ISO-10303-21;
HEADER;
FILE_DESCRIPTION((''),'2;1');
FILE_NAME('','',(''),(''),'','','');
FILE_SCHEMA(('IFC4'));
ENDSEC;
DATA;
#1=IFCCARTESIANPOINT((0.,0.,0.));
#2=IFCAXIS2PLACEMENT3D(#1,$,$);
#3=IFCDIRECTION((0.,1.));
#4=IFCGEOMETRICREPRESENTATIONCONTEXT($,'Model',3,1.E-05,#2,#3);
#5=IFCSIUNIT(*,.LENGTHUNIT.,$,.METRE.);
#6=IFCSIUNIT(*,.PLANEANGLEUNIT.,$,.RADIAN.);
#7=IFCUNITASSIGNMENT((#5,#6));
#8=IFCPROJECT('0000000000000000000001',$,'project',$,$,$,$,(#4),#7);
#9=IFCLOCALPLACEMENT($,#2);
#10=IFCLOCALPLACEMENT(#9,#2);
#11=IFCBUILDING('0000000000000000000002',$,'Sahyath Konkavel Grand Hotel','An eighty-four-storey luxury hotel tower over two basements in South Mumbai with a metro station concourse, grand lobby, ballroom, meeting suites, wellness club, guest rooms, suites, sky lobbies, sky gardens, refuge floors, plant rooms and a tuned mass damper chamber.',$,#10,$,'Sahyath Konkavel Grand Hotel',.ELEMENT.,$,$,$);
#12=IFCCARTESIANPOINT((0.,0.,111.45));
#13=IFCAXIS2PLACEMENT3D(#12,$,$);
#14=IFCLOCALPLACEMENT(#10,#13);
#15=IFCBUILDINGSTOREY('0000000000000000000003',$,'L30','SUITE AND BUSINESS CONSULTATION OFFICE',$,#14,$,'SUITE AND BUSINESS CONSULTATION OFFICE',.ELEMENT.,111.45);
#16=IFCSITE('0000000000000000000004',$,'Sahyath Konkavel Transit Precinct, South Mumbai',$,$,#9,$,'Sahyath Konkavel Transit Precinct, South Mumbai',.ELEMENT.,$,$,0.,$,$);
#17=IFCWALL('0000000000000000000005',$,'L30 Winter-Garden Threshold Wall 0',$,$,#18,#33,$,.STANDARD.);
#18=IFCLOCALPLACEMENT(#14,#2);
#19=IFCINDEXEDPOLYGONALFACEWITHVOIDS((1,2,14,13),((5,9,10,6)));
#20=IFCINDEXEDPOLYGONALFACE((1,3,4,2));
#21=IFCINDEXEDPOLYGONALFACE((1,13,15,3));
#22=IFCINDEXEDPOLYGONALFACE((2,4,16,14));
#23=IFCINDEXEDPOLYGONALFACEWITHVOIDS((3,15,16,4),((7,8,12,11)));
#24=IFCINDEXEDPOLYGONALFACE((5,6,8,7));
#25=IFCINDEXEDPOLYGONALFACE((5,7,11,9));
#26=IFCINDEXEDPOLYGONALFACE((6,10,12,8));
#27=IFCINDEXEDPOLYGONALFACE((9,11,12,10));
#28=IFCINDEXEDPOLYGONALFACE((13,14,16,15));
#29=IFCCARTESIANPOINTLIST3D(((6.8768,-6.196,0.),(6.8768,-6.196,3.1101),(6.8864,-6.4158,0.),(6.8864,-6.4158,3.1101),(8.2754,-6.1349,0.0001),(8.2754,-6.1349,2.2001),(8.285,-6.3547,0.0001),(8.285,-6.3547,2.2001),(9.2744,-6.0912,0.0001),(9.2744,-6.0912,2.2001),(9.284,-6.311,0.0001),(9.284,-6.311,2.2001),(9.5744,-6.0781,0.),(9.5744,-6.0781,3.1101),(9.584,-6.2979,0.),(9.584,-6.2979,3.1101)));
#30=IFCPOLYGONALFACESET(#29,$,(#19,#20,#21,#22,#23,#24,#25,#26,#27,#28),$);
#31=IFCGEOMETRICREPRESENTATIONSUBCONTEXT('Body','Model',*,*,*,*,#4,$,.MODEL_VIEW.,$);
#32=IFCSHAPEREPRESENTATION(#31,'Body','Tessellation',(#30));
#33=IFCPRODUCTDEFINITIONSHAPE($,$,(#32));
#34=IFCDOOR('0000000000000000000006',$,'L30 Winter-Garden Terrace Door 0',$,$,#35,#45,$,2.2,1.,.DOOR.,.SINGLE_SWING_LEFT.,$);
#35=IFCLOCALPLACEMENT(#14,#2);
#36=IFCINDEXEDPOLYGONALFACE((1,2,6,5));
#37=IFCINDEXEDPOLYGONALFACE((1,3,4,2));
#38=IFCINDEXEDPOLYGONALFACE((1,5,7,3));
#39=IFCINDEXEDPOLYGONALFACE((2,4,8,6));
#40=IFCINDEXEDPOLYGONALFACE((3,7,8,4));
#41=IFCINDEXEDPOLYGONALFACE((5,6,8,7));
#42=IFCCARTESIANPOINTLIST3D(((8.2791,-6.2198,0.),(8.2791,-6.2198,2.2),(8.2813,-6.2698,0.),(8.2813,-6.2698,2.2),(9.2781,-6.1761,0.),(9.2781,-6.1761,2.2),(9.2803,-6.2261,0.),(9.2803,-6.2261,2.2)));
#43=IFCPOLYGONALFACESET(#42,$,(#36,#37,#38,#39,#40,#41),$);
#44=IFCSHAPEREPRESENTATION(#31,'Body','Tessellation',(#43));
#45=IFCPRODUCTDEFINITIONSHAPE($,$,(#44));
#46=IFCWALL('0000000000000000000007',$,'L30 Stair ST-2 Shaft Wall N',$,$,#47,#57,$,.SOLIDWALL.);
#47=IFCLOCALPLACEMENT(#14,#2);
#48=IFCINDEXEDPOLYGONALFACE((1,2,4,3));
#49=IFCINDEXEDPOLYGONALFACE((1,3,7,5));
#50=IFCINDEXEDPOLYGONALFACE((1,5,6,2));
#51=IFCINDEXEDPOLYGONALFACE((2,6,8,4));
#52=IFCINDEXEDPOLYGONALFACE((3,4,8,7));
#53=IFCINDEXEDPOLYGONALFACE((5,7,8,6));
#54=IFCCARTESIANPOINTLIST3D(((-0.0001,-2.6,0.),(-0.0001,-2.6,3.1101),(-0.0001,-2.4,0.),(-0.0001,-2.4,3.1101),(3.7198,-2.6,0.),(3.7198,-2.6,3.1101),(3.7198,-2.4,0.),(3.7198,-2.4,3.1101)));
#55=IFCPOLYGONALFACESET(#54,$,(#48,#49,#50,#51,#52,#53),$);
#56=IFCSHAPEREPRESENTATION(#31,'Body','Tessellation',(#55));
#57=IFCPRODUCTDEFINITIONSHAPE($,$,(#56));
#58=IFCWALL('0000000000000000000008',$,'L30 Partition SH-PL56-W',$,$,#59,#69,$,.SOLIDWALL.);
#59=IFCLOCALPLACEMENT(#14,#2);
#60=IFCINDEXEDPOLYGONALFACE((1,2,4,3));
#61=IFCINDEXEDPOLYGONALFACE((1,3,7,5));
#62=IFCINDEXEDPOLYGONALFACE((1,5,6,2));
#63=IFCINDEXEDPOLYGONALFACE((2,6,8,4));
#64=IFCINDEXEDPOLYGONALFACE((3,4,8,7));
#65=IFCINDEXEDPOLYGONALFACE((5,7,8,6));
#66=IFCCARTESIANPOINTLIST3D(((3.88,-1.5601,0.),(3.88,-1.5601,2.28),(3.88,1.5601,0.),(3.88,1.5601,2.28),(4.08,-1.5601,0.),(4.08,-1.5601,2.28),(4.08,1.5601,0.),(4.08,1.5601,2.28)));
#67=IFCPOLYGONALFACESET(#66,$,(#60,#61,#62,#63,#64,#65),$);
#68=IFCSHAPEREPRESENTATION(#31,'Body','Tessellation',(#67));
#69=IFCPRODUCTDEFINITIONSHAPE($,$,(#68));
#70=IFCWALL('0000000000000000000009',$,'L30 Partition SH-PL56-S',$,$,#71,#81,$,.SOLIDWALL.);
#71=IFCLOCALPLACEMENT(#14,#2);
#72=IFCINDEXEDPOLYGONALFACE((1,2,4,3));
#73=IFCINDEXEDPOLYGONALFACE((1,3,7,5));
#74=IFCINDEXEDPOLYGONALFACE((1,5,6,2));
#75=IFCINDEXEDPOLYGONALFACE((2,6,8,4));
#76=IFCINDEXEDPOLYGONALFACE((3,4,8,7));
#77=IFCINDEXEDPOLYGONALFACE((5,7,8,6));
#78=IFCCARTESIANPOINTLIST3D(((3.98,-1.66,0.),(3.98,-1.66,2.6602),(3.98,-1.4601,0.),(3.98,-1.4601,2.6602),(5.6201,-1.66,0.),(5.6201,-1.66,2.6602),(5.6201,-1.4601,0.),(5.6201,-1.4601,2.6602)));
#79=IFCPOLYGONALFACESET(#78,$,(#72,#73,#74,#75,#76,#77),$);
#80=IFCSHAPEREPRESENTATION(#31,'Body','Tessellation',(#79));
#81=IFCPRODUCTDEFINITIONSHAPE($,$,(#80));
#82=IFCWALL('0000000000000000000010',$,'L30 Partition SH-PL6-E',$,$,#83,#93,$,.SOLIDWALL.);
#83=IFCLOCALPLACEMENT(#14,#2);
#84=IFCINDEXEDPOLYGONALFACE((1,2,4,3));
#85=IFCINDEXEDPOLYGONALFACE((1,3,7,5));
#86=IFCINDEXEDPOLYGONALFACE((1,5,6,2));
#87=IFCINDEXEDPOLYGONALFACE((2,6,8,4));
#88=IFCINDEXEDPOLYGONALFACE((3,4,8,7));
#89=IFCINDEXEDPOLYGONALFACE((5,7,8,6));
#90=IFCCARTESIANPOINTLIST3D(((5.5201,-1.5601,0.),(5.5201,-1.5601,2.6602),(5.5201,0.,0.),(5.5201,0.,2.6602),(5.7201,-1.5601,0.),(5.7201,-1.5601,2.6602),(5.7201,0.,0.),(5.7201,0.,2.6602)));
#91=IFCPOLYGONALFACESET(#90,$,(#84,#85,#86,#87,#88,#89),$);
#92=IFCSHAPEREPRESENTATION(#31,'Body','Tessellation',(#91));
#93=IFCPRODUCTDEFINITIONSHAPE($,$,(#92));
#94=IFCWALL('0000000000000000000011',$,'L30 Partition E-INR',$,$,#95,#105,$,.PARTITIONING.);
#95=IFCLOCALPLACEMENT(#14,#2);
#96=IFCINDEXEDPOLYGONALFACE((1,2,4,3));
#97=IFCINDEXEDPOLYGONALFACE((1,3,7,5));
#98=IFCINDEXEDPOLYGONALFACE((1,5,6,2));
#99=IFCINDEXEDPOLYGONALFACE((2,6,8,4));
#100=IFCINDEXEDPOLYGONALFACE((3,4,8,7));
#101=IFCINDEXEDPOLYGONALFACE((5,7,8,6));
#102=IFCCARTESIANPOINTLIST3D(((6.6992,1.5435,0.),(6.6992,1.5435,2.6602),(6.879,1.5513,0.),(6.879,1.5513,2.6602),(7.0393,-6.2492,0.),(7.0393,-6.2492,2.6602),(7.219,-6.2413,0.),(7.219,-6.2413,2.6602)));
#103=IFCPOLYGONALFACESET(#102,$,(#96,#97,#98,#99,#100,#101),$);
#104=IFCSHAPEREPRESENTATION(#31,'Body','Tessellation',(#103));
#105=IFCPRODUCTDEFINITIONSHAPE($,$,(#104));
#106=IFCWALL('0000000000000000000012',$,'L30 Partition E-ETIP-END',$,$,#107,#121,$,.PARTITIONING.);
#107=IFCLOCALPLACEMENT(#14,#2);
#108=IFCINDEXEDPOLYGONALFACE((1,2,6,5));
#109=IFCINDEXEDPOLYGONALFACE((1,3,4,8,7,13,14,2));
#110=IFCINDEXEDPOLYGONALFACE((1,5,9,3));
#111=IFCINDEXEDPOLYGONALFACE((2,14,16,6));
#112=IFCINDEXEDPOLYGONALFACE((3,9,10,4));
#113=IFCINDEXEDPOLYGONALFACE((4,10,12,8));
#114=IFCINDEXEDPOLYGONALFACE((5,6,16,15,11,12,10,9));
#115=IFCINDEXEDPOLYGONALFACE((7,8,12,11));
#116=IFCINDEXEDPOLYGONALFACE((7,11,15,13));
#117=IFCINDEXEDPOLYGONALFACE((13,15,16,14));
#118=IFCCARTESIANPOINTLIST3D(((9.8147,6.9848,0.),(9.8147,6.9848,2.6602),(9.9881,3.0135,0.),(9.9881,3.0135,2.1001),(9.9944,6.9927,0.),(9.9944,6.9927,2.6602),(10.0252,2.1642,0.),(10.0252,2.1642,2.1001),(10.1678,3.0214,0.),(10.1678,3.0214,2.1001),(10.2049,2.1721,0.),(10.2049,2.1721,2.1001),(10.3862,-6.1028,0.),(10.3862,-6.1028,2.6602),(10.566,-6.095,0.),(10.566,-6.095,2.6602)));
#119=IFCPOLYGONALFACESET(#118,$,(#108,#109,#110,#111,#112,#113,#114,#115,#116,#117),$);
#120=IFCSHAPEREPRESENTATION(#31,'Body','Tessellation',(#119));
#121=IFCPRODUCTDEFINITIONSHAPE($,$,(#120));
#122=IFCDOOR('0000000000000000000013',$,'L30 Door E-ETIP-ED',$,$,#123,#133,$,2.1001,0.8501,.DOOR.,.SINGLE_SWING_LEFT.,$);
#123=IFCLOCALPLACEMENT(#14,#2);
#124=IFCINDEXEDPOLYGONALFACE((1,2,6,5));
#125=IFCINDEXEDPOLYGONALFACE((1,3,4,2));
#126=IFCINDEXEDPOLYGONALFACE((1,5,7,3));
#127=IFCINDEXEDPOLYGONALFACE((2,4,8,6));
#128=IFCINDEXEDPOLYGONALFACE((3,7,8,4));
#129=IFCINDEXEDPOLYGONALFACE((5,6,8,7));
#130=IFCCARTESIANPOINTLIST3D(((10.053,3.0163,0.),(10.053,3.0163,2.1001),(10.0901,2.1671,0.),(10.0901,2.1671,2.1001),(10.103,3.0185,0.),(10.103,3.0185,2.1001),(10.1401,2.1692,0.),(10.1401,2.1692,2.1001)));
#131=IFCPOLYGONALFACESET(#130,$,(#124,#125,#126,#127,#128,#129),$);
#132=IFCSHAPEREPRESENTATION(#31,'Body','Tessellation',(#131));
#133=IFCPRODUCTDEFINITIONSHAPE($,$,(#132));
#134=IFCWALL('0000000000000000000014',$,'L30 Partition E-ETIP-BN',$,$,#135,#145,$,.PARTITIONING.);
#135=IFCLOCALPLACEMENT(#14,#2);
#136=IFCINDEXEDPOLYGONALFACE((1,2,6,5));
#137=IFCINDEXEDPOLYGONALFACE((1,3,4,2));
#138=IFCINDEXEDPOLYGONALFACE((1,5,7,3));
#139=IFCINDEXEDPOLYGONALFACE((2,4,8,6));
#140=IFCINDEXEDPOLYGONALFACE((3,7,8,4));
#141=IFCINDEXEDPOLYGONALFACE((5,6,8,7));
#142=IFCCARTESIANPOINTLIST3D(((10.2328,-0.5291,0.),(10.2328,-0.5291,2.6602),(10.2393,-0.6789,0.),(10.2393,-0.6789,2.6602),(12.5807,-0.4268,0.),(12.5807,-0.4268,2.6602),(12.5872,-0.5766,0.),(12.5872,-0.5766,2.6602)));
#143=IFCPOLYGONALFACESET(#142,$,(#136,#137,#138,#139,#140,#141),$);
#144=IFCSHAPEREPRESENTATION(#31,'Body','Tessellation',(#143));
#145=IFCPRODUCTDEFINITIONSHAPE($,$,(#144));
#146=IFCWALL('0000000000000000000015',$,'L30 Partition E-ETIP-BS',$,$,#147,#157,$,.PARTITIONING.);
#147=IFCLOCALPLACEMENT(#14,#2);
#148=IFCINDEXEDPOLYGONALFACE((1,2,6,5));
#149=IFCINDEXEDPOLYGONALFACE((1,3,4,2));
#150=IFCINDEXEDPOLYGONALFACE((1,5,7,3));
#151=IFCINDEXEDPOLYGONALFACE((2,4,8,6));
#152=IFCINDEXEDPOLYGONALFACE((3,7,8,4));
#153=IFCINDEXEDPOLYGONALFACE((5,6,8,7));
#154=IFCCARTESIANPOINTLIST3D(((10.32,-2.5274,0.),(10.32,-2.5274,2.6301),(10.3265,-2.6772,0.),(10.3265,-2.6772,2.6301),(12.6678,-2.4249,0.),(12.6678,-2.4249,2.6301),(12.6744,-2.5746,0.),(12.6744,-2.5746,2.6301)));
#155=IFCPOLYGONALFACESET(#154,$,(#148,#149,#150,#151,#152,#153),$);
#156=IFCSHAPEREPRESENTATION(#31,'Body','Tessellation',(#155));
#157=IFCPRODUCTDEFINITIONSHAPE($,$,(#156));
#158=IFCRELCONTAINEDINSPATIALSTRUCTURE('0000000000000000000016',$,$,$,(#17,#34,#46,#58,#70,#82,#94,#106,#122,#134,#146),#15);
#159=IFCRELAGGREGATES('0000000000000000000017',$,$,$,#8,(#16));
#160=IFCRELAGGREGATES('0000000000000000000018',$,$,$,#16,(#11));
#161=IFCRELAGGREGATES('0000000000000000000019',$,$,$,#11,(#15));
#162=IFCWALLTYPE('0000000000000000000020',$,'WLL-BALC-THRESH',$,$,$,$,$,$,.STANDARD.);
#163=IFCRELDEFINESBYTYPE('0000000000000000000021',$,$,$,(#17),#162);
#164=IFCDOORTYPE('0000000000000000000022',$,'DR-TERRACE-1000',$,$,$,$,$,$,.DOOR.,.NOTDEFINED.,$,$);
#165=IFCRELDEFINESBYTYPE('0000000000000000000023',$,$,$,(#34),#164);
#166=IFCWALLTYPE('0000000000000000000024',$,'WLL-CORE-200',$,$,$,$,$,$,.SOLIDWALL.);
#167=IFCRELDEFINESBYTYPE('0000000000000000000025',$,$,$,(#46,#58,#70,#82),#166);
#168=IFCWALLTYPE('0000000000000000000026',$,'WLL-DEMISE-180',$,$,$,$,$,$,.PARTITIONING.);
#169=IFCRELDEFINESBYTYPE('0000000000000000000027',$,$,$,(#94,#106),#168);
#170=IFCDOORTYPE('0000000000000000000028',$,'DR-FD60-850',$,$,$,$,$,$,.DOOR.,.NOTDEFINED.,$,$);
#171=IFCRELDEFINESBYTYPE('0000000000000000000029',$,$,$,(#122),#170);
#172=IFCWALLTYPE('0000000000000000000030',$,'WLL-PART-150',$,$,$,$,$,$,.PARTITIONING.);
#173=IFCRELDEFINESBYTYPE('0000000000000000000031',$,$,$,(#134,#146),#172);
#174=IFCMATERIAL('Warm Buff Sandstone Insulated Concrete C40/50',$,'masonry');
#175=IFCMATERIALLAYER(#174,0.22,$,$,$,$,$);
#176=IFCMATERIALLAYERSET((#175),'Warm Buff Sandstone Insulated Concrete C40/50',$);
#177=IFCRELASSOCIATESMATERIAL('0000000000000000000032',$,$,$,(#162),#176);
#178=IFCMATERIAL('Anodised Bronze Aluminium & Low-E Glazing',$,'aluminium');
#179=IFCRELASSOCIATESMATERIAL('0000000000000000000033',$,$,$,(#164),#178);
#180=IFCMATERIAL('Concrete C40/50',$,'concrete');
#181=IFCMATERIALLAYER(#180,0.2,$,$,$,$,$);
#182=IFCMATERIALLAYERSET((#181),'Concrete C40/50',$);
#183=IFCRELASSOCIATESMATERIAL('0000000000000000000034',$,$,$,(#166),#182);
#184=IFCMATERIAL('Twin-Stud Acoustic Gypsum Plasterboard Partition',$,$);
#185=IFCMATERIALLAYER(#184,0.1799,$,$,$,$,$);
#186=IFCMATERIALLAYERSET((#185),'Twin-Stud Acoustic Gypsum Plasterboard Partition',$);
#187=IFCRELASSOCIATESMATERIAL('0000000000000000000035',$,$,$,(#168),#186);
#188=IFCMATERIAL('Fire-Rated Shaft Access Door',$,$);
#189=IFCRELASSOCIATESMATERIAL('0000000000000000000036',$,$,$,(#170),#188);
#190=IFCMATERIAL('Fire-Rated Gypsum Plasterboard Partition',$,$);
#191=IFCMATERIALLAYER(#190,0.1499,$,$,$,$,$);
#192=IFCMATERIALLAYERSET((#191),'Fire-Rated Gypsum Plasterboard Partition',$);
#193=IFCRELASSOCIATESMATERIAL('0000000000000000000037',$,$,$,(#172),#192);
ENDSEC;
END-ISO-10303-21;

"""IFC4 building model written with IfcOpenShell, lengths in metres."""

from ifc_helpers import new_model, si_unit, direction, frame, frame_2d, origin, origin_2d, place, context, subcontext, project, spatial, rectangle, extrude, source, transform, mapped, material, layer, layer_set, type_object, element, fill, save


model = new_model("IFC4")

# Units and contexts
model_context = context("Model", 3, precision=1e-05, world=origin(), true_north=direction((0.0, 1.0)))
body_context = subcontext(model_context, "Body", "Model", "MODEL_VIEW")
ifc_project = project(units=[si_unit("LENGTHUNIT", "METRE"), si_unit("PLANEANGLEUNIT", "RADIAN")], contexts=[model_context])

# Site, building, storey
site_placement = place(None, origin())
site = spatial("IfcSite", under=ifc_project, at=site_placement, Name="Sahyath Konkavel Transit Precinct, South Mumbai", LongName="Sahyath Konkavel Transit Precinct, South Mumbai", CompositionType="ELEMENT", RefElevation=0.0)
building_placement = place(site_placement, origin())
building = spatial("IfcBuilding", under=site, at=building_placement, Name="Sahyath Konkavel Grand Hotel", Description="An eighty-four-storey luxury hotel tower over two basements in South Mumbai with a metro station concourse, grand lobby, ballroom, meeting suites, wellness club, guest rooms, suites, sky lobbies, sky gardens, refuge floors, plant rooms and a tuned mass damper chamber.", LongName="Sahyath Konkavel Grand Hotel", CompositionType="ELEMENT")
storey_placement = place(building_placement, frame((0.0, 0.0, 111.45)))
storey = spatial("IfcBuildingStorey", under=building, at=storey_placement, Name="L30", Description="SUITE AND BUSINESS CONSULTATION OFFICE", LongName="SUITE AND BUSINESS CONSULTATION OFFICE", CompositionType="ELEMENT", Elevation=111.45)

# Shared definitions
ifc_material_1 = material(Name="Anodised Bronze Aluminium & Low-E Glazing", Category="aluminium")

# Wall, opening, door
ifc_material_2 = material(Name="Warm Buff Sandstone Insulated Concrete C40/50", Category="masonry")
ifc_layer_1 = layer(ifc_material_2, 0.22)
ifc_layer_set_1 = layer_set([ifc_layer_1], Name="Warm Buff Sandstone Insulated Concrete C40/50")
wall_type_1 = type_object("IfcWallType", Name="WLL-BALC-THRESH", PredefinedType="STANDARD", material=ifc_layer_set_1)
wall_1_placement = place(storey_placement, frame((6.8816, -6.3059, 0.0), z_axis=(0.0, 0.0, 1.0), x_axis=(0.999046, 0.043673, 0.0)))
wall_1 = element("IfcWall", 1, at=wall_1_placement, inside=storey, type_object=wall_type_1, Name="L30 Winter-Garden Threshold Wall 0", PredefinedType="STANDARD", context=body_context, shape_type="SweptSolid", body=[
    extrude(rectangle(XDim=2.7002, YDim=0.22, at=frame_2d((1.3501, 0.0))), origin(), (0.0, 0.0, 1.0), 3.1101),
])
opening_1_placement = place(wall_1_placement, frame((1.3999, 0.0, 0.0)))
opening_1 = element("IfcOpeningElement", 2, at=opening_1_placement, cuts=wall_1, PredefinedType="OPENING", context=body_context, shape_type="SweptSolid", body=[
    extrude(rectangle(XDim=1.0, YDim=2.2, at=frame_2d((0.5, 1.1001))), frame((0.0, 0.1201, 0.0), z_axis=(0.0, -1.0, 0.0), x_axis=(1.0, 0.0, 0.0)), (0.0, 0.0, 1.0), 0.24),
])
door_type_1 = type_object("IfcDoorType", Name="DR-TERRACE-1000", OperationType="NOTDEFINED", PredefinedType="DOOR", material=ifc_material_1)
shared_shape_1 = source(origin(), body_context, "Body", "SweptSolid", [
    extrude(rectangle(XDim=1.0, YDim=0.05, at=origin_2d()), origin(), (0.0, 0.0, 1.0), 2.2),
])
door_1_placement = place(opening_1_placement, frame((0.5, 0.0, 0.0)))
door_1 = element("IfcDoor", 3, at=door_1_placement, inside=storey, type_object=door_type_1, Name="L30 Winter-Garden Terrace Door 0", OperationType="SINGLE_SWING_LEFT", OverallHeight=2.2, OverallWidth=1.0, PredefinedType="DOOR", context=body_context, shape_type="MappedRepresentation", body=[
    mapped(shared_shape_1, transform((0.0, 0.0, 0.0), scale=1.0)),
])
fill(opening_1, door_1)

# Walls
ifc_material_3 = material(Name="Concrete C40/50", Category="concrete")
ifc_layer_2 = layer(ifc_material_3, 0.2)
ifc_layer_set_2 = layer_set([ifc_layer_2], Name="Concrete C40/50")
wall_type_2 = type_object("IfcWallType", Name="WLL-CORE-200", PredefinedType="SOLIDWALL", material=ifc_layer_set_2)
wall_2_placement = place(storey_placement, frame((0.0, -2.5, 0.0), z_axis=(0.0, 0.0, 1.0), x_axis=(1.0, 0.0, 0.0)))
element("IfcWall", 4, at=wall_2_placement, inside=storey, type_object=wall_type_2, Name="L30 Stair ST-2 Shaft Wall N", PredefinedType="SOLIDWALL", context=body_context, shape_type="SweptSolid", body=[
    extrude(rectangle(XDim=3.72, YDim=0.2, at=frame_2d((1.8599, 0.0))), origin(), (0.0, 0.0, 1.0), 3.1101),
])
wall_3_placement = place(storey_placement, frame((3.98, -1.5601, 0.0), z_axis=(0.0, 0.0, 1.0), x_axis=(0.0, 1.0, 0.0)))
element("IfcWall", 5, at=wall_3_placement, inside=storey, type_object=wall_type_2, Name="L30 Partition SH-PL56-W", PredefinedType="SOLIDWALL", context=body_context, shape_type="SweptSolid", body=[
    extrude(rectangle(XDim=3.1201, YDim=0.2, at=frame_2d((1.5601, 0.0))), origin(), (0.0, 0.0, 1.0), 2.28),
])
wall_4_placement = place(storey_placement, frame((3.98, -1.5601, 0.0), z_axis=(0.0, 0.0, 1.0), x_axis=(1.0, 0.0, 0.0)))
element("IfcWall", 6, at=wall_4_placement, inside=storey, type_object=wall_type_2, Name="L30 Partition SH-PL56-S", PredefinedType="SOLIDWALL", context=body_context, shape_type="SweptSolid", body=[
    extrude(rectangle(XDim=1.6401, YDim=0.2, at=frame_2d((0.8201, 0.0))), origin(), (0.0, 0.0, 1.0), 2.6602),
])
wall_5_placement = place(storey_placement, frame((5.6201, -1.5601, 0.0), z_axis=(0.0, 0.0, 1.0), x_axis=(0.0, 1.0, 0.0)))
element("IfcWall", 7, at=wall_5_placement, inside=storey, type_object=wall_type_2, Name="L30 Partition SH-PL6-E", PredefinedType="SOLIDWALL", context=body_context, shape_type="SweptSolid", body=[
    extrude(rectangle(XDim=1.5601, YDim=0.2, at=frame_2d((0.78, 0.0))), origin(), (0.0, 0.0, 1.0), 2.6602),
])
ifc_material_4 = material(Name="Twin-Stud Acoustic Gypsum Plasterboard Partition")
ifc_layer_3 = layer(ifc_material_4, 0.1799)
ifc_layer_set_3 = layer_set([ifc_layer_3], Name="Twin-Stud Acoustic Gypsum Plasterboard Partition")
wall_type_3 = type_object("IfcWallType", Name="WLL-DEMISE-180", PredefinedType="PARTITIONING", material=ifc_layer_set_3)
wall_6_placement = place(storey_placement, frame((7.1292, -6.2451, 0.0), z_axis=(0.0, 0.0, 1.0), x_axis=(-0.0436, 0.999049, 0.0)))
element("IfcWall", 8, at=wall_6_placement, inside=storey, type_object=wall_type_3, Name="L30 Partition E-INR", PredefinedType="PARTITIONING", context=body_context, shape_type="SweptSolid", body=[
    extrude(rectangle(XDim=7.8, YDim=0.1799, at=frame_2d((3.8999, 0.0))), origin(), (0.0, 0.0, 1.0), 2.6602),
])

# Wall, opening, door
wall_7_placement = place(storey_placement, frame((10.4761, -6.0989, 0.0), z_axis=(0.0, 0.0, 1.0), x_axis=(-0.043628, 0.999048, 0.0)))
wall_7 = element("IfcWall", 9, at=wall_7_placement, inside=storey, type_object=wall_type_3, Name="L30 Partition E-ETIP-END", PredefinedType="PARTITIONING", context=body_context, shape_type="SweptSolid", body=[
    extrude(rectangle(XDim=13.1001, YDim=0.1799, at=frame_2d((6.55, 0.0))), origin(), (0.0, 0.0, 1.0), 2.6602),
])
opening_2_placement = place(wall_7_placement, frame((8.2749, 0.0, 0.0)))
opening_2 = element("IfcOpeningElement", 10, at=opening_2_placement, cuts=wall_7, PredefinedType="OPENING", context=body_context, shape_type="SweptSolid", body=[
    extrude(rectangle(XDim=0.8501, YDim=2.1001, at=frame_2d((0.425, 1.05))), frame((0.0, 0.1001, 0.0), z_axis=(0.0, -1.0, 0.0), x_axis=(1.0, 0.0, 0.0)), (0.0, 0.0, 1.0), 0.2),
])
ifc_material_5 = material(Name="Fire-Rated Shaft Access Door")
door_type_2 = type_object("IfcDoorType", Name="DR-FD60-850", OperationType="NOTDEFINED", PredefinedType="DOOR", material=ifc_material_5)
shared_shape_2 = source(origin(), body_context, "Body", "SweptSolid", [
    extrude(rectangle(XDim=0.8501, YDim=0.05, at=origin_2d()), origin(), (0.0, 0.0, 1.0), 2.1001),
])
door_2_placement = place(opening_2_placement, frame((0.425, 0.0, 0.0)))
door_2 = element("IfcDoor", 11, at=door_2_placement, inside=storey, type_object=door_type_2, Name="L30 Door E-ETIP-ED", OperationType="SINGLE_SWING_LEFT", OverallHeight=2.1001, OverallWidth=0.8501, PredefinedType="DOOR", context=body_context, shape_type="MappedRepresentation", body=[
    mapped(shared_shape_2, transform((0.0, 0.0, 0.0), scale=1.0)),
])
fill(opening_2, door_2)

# Walls
ifc_material_6 = material(Name="Fire-Rated Gypsum Plasterboard Partition")
ifc_layer_4 = layer(ifc_material_6, 0.1499)
ifc_layer_set_4 = layer_set([ifc_layer_4], Name="Fire-Rated Gypsum Plasterboard Partition")
wall_type_4 = type_object("IfcWallType", Name="WLL-PART-150", PredefinedType="PARTITIONING", material=ifc_layer_set_4)
wall_8_placement = place(storey_placement, frame((10.2361, -0.604, 0.0), z_axis=(0.0, 0.0, 1.0), x_axis=(0.999052, 0.043527, 0.0)))
element("IfcWall", 12, at=wall_8_placement, inside=storey, type_object=wall_type_4, Name="L30 Partition E-ETIP-BN", PredefinedType="PARTITIONING", context=body_context, shape_type="SweptSolid", body=[
    extrude(rectangle(XDim=2.3501, YDim=0.1499, at=frame_2d((1.175, 0.0))), origin(), (0.0, 0.0, 1.0), 2.6602),
])
wall_9_placement = place(storey_placement, frame((10.3232, -2.6023, 0.0), z_axis=(0.0, 0.0, 1.0), x_axis=(0.999048, 0.043631, 0.0)))
element("IfcWall", 13, at=wall_9_placement, inside=storey, type_object=wall_type_4, Name="L30 Partition E-ETIP-BS", PredefinedType="PARTITIONING", context=body_context, shape_type="SweptSolid", body=[
    extrude(rectangle(XDim=2.3501, YDim=0.1499, at=frame_2d((1.175, 0.0))), origin(), (0.0, 0.0, 1.0), 2.6301),
])

save(model, "model.ifc")
